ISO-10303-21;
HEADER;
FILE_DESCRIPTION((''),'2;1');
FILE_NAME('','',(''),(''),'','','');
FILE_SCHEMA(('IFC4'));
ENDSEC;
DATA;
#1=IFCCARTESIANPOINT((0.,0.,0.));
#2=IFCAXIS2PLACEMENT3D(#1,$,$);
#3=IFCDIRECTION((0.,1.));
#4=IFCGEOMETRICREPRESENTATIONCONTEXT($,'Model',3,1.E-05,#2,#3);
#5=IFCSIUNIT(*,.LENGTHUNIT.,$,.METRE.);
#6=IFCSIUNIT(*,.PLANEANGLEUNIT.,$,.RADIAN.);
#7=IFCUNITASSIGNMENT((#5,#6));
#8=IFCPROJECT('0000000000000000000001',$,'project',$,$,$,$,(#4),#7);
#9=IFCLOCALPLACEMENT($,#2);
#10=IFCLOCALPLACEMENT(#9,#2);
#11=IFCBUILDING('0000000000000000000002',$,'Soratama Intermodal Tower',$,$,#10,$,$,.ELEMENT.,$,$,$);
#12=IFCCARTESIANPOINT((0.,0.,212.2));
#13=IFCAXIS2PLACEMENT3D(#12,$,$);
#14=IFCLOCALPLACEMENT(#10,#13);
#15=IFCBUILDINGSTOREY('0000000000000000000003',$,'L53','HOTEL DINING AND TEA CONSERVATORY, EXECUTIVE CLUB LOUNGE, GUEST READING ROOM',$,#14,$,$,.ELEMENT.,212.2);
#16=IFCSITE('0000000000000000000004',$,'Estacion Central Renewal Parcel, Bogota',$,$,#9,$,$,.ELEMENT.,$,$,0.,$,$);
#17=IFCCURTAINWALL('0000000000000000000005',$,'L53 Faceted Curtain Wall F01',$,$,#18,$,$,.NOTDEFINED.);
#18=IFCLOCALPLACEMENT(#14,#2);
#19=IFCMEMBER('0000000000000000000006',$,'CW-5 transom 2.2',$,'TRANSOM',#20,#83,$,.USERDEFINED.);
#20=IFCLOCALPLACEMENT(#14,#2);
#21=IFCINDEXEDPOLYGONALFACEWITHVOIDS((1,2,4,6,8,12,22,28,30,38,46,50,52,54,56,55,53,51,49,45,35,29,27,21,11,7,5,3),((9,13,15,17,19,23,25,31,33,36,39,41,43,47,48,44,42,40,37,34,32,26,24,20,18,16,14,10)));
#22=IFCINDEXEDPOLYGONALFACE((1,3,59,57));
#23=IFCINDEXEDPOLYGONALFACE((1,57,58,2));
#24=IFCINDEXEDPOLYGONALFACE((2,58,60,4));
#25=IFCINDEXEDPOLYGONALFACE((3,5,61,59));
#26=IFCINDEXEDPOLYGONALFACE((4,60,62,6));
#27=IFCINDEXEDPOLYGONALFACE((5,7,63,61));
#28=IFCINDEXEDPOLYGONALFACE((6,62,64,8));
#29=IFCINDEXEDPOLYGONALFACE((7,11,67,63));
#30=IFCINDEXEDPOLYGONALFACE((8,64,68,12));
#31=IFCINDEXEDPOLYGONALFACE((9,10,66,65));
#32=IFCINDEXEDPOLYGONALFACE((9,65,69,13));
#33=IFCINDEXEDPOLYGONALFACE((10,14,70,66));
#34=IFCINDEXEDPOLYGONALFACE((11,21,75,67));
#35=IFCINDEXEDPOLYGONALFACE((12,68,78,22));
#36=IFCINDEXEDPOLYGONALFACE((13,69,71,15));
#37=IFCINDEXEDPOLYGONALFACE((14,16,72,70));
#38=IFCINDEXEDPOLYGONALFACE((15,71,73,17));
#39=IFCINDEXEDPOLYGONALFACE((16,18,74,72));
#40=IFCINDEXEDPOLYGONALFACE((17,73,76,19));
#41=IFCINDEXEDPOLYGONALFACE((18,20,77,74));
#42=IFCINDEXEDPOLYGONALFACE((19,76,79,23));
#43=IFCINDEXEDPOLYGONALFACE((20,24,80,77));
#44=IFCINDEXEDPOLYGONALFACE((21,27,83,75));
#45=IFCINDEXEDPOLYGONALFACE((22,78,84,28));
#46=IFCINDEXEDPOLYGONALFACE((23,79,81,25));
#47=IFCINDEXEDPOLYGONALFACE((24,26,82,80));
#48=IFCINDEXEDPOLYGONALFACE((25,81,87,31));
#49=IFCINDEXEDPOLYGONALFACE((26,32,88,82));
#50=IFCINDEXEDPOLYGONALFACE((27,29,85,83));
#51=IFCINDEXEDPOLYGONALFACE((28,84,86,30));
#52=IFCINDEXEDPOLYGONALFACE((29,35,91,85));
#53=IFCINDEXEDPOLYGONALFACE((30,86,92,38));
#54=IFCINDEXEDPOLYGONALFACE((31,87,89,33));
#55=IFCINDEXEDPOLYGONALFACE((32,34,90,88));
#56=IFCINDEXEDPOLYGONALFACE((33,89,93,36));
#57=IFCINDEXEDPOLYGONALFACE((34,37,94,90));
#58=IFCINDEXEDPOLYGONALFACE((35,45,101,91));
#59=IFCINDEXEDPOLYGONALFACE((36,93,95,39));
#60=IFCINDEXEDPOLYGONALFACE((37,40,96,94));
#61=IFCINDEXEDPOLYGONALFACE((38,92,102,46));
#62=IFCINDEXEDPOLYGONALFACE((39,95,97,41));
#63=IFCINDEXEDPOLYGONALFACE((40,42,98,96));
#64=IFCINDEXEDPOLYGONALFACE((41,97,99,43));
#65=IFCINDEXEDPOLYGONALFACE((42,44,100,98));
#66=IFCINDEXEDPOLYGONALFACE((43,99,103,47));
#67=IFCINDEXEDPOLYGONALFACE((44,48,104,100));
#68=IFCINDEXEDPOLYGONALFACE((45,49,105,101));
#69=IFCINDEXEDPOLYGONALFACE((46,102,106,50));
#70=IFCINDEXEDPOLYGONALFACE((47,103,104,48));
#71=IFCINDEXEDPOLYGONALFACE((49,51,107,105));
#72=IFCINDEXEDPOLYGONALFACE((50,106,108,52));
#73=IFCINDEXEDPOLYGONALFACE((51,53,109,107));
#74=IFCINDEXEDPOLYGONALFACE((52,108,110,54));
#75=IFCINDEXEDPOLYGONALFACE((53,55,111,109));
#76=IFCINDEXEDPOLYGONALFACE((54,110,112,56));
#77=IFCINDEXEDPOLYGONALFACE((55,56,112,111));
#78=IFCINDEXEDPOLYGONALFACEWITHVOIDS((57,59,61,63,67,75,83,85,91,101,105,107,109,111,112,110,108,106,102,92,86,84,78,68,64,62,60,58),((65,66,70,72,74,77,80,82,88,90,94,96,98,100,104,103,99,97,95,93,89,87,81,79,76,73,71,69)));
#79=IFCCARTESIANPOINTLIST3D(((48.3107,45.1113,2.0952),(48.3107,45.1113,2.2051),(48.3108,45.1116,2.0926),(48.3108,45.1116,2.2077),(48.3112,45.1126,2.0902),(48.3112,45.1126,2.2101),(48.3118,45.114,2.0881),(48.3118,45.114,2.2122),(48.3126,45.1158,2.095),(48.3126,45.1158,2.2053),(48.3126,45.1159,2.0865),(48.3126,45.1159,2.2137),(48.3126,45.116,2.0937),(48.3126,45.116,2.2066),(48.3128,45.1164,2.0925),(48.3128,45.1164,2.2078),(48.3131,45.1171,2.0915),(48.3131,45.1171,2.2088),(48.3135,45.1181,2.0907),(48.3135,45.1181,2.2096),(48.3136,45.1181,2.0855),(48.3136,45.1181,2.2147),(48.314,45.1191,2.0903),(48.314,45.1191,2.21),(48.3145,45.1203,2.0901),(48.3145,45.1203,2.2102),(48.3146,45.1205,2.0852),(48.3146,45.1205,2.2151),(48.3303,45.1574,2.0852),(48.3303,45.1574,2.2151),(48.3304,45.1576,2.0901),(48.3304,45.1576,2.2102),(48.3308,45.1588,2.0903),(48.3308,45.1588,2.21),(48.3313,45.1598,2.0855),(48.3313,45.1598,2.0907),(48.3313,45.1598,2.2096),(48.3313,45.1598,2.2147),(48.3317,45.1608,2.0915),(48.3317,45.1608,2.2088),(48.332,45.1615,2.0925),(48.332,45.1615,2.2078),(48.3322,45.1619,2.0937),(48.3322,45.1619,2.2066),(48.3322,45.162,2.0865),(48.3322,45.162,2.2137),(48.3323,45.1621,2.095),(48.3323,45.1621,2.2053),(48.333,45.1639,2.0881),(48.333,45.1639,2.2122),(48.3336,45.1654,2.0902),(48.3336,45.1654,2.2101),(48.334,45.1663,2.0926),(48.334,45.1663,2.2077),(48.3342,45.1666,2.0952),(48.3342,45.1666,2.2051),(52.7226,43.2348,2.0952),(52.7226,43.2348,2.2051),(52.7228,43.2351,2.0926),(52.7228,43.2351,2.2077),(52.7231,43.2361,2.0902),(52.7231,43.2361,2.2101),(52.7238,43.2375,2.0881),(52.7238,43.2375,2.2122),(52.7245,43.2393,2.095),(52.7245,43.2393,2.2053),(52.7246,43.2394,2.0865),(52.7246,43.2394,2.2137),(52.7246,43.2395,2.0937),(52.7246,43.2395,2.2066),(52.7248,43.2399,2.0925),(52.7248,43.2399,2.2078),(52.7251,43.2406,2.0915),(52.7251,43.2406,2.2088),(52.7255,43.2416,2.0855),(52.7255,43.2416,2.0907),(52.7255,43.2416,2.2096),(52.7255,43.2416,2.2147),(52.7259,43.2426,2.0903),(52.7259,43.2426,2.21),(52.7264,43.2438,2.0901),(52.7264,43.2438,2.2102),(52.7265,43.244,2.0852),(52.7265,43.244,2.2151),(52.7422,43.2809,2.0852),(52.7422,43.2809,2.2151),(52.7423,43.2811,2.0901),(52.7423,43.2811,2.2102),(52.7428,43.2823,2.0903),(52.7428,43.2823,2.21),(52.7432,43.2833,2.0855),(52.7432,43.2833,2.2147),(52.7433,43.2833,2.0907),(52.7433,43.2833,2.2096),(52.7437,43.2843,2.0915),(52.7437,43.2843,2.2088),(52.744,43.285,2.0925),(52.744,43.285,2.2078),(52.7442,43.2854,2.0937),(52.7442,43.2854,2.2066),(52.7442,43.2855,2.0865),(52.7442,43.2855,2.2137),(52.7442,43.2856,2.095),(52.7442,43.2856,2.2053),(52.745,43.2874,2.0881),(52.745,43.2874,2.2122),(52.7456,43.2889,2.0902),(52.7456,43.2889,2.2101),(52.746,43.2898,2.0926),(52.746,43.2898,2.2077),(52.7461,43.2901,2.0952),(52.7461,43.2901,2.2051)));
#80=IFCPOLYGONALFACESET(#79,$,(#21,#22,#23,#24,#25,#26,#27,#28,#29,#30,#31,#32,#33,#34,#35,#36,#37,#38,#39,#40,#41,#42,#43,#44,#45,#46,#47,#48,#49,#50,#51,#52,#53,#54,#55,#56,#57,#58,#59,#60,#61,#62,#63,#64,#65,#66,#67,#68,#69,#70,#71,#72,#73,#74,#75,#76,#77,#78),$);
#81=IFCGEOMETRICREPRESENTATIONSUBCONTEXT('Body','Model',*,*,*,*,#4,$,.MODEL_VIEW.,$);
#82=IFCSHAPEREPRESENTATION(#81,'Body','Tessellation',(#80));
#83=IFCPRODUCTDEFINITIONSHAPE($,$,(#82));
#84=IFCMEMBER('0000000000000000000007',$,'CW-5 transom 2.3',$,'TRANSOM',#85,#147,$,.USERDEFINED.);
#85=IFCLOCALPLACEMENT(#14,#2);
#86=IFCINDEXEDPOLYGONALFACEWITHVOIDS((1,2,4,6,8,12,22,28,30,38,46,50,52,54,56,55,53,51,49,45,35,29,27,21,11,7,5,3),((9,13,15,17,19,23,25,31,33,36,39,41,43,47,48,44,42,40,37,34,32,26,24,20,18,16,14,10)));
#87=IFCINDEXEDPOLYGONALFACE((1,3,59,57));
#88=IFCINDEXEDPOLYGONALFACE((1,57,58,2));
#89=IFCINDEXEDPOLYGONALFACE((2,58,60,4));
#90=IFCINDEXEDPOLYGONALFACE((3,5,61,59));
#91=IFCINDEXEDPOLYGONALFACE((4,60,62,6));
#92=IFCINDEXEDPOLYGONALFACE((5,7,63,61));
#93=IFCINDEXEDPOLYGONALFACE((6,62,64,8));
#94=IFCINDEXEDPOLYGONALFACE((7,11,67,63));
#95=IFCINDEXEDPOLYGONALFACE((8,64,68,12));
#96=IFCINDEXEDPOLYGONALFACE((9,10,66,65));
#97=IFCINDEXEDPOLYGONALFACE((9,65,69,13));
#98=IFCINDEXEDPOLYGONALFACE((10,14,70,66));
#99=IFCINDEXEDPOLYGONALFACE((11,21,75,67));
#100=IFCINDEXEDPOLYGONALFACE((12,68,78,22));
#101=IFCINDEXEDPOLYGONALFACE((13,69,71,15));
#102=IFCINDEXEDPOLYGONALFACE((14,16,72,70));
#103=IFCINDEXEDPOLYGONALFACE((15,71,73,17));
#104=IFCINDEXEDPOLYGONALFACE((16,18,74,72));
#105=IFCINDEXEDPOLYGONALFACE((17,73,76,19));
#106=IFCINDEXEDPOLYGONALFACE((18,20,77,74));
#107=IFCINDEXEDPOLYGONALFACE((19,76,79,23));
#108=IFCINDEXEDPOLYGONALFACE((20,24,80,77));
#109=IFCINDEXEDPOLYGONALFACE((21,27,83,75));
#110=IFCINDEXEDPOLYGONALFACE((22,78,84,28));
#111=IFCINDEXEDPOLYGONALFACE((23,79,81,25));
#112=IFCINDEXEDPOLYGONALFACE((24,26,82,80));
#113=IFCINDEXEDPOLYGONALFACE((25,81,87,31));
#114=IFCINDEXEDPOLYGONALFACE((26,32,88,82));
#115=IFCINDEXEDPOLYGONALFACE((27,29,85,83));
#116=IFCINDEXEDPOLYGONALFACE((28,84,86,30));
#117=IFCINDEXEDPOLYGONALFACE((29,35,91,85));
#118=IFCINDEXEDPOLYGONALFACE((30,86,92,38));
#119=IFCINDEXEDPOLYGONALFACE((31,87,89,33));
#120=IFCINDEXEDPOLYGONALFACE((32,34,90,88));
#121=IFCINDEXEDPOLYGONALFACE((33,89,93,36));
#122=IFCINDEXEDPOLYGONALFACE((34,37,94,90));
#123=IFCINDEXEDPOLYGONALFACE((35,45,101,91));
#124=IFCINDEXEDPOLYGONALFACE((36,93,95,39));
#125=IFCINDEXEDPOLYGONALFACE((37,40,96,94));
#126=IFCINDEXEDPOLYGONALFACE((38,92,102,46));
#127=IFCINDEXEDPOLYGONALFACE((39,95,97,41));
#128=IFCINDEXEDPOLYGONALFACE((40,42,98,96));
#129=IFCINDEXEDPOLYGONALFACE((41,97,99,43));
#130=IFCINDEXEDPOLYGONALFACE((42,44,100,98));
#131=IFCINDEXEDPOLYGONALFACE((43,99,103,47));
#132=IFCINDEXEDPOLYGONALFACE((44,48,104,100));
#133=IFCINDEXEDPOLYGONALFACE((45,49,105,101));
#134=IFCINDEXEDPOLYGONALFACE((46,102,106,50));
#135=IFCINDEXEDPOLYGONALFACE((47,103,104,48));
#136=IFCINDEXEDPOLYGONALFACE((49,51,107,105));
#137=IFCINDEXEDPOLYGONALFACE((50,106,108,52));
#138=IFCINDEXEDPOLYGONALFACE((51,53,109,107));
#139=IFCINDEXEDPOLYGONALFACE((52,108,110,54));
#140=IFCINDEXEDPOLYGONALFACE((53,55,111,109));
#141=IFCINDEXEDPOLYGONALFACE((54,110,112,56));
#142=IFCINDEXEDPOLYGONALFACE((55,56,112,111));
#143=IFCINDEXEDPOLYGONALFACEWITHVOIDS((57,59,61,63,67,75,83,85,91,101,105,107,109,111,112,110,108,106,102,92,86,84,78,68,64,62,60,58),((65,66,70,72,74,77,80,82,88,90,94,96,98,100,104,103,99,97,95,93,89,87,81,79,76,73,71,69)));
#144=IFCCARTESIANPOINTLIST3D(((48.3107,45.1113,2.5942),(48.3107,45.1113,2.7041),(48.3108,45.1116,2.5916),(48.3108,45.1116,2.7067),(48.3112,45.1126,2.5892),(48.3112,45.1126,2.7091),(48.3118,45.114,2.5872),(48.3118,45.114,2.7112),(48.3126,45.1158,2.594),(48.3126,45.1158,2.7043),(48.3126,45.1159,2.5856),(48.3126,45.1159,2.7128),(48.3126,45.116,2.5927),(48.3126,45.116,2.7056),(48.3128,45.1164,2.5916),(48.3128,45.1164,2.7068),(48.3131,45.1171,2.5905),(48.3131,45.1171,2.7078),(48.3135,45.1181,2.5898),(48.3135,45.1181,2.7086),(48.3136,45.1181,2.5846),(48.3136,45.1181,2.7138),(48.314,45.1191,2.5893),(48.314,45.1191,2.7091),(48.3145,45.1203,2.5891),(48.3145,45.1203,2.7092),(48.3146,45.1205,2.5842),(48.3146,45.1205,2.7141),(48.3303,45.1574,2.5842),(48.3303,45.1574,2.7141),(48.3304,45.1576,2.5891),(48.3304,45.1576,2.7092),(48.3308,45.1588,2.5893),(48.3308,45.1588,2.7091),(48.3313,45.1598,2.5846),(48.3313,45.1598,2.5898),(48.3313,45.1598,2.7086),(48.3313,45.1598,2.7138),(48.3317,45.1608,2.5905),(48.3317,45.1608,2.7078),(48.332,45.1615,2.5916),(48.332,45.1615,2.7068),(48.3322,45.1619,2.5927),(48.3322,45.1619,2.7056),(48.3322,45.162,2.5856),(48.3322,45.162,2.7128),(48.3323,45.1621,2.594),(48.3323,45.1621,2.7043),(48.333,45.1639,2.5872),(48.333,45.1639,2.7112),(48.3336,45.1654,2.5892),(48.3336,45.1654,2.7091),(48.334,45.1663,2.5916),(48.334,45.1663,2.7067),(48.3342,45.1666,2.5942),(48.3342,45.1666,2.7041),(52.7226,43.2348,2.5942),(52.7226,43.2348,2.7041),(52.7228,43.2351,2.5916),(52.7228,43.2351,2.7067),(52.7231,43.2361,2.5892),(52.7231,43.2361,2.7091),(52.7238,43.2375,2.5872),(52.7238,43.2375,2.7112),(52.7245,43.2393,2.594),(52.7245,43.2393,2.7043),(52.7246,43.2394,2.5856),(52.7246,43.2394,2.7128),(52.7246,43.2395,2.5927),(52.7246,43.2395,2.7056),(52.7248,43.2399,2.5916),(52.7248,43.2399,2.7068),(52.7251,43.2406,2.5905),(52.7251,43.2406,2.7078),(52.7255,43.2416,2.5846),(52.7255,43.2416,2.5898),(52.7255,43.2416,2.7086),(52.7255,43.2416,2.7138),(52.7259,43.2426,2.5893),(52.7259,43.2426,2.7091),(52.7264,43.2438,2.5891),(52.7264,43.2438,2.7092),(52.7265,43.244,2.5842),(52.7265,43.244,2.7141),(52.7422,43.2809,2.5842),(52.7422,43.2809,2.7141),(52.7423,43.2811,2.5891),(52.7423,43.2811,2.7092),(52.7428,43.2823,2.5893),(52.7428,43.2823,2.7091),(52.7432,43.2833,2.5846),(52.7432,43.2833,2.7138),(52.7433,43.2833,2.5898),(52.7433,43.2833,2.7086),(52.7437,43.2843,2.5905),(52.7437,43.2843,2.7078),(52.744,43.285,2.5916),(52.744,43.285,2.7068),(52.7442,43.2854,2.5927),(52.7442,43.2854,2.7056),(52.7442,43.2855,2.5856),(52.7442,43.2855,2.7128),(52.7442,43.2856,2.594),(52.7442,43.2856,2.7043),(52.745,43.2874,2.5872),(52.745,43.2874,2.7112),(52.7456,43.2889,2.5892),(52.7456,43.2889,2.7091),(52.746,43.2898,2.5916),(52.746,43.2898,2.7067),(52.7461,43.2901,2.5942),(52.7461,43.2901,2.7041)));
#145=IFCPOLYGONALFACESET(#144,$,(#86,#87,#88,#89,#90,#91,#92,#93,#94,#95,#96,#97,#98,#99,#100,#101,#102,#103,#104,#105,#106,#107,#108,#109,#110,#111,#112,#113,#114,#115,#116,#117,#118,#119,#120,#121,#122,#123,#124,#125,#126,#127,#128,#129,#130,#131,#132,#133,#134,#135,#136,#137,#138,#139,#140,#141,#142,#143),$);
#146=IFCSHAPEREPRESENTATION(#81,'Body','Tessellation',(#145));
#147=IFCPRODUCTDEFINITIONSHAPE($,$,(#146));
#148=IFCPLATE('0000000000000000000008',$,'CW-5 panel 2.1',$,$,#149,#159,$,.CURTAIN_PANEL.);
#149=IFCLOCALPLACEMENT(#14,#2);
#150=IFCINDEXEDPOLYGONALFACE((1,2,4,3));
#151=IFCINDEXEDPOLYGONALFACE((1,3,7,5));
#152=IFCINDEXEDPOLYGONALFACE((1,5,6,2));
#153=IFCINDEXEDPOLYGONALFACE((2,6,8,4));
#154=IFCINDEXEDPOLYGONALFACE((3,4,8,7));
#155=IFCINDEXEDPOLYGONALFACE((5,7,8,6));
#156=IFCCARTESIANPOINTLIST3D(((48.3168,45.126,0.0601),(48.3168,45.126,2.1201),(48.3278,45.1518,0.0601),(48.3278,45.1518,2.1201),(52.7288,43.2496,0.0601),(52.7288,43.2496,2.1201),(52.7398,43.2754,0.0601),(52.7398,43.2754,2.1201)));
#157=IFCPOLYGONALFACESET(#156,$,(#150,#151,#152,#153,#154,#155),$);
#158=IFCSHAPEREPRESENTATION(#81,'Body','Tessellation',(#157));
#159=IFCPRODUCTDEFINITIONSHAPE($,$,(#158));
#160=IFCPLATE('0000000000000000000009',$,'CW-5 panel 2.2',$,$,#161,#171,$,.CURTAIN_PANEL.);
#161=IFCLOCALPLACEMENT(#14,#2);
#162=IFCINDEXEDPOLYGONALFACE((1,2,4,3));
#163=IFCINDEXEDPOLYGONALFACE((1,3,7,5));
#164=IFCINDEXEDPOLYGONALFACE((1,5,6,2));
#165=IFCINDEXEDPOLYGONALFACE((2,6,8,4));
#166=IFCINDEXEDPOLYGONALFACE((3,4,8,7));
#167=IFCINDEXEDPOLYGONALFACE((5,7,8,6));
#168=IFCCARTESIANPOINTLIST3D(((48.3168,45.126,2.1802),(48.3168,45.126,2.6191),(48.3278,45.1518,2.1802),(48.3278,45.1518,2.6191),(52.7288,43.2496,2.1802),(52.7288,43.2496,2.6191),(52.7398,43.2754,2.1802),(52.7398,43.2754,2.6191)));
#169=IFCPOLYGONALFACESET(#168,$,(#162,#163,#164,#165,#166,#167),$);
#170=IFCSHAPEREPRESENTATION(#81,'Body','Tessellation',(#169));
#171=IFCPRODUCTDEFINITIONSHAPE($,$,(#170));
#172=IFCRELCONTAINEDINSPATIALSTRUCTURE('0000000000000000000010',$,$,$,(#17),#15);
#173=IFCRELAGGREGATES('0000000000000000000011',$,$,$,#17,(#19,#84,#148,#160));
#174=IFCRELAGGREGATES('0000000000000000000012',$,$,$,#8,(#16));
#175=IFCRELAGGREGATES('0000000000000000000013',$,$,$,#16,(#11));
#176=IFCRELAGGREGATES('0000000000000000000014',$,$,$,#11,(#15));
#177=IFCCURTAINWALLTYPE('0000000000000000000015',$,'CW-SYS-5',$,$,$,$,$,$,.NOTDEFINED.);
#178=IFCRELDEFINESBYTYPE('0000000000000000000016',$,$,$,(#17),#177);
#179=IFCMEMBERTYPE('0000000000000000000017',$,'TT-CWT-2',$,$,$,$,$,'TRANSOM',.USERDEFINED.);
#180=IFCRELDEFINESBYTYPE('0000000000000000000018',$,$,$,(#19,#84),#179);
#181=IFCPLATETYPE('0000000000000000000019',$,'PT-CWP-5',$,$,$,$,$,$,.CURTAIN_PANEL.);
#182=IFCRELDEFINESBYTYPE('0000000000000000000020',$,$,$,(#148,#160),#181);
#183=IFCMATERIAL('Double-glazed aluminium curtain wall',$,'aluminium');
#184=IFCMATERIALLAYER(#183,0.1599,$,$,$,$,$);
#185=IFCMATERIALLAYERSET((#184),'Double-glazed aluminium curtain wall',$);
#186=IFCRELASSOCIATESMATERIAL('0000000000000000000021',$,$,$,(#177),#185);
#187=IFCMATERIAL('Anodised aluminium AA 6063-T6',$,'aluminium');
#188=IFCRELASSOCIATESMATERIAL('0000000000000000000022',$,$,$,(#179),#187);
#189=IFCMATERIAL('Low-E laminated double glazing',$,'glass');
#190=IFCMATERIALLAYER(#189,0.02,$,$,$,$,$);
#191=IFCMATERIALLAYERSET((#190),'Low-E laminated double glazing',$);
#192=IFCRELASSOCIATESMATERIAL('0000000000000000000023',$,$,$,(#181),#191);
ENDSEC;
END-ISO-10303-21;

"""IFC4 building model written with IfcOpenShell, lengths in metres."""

from ifc_helpers import new_model, si_unit, direction, frame, origin, origin_2d, place, context, subcontext, project, spatial, rectangle, hollow_rectangle, extrude, material, layer, layer_set, material_profile, profile_set, type_object, element, aggregate, save


model = new_model("IFC4")

# Units and contexts
model_context = context("Model", 3, precision=1e-05, world=origin(), true_north=direction((0.0, 1.0)))
body_context = subcontext(model_context, "Body", "Model", "MODEL_VIEW")
ifc_project = project(units=[si_unit("LENGTHUNIT", "METRE"), si_unit("PLANEANGLEUNIT", "RADIAN")], contexts=[model_context])

# Site, building, storey
site_placement = place(None, origin())
site = spatial("IfcSite", under=ifc_project, at=site_placement, Name="Estacion Central Renewal Parcel, Bogota", CompositionType="ELEMENT", RefElevation=0.0)
building_placement = place(site_placement, origin())
building = spatial("IfcBuilding", under=site, at=building_placement, Name="Soratama Intermodal Tower", CompositionType="ELEMENT")
storey_placement = place(building_placement, frame((0.0, 0.0, 212.2)))
storey = spatial("IfcBuildingStorey", under=building, at=storey_placement, Name="L53", Description="HOTEL DINING AND TEA CONSERVATORY, EXECUTIVE CLUB LOUNGE, GUEST READING ROOM", CompositionType="ELEMENT", Elevation=212.2)

# Curtain wall, members, plates
ifc_material_1 = material(Name="Double-glazed aluminium curtain wall", Category="aluminium")
ifc_layer_1 = layer(ifc_material_1, 0.1599)
ifc_layer_set_1 = layer_set([ifc_layer_1], Name="Double-glazed aluminium curtain wall")
curtain_wall_type = type_object("IfcCurtainWallType", Name="CW-SYS-5", PredefinedType="NOTDEFINED", material=ifc_layer_set_1)
curtain_wall_placement = place(storey_placement, origin())
curtain_wall = element("IfcCurtainWall", 1, at=curtain_wall_placement, inside=storey, type_object=curtain_wall_type, Name="L53 Faceted Curtain Wall F01", PredefinedType="NOTDEFINED")
ifc_material_2 = material(Name="Anodised aluminium AA 6063-T6", Category="aluminium")
ifc_material_profile_1 = material_profile(ifc_material_2, hollow_rectangle(XDim=0.0601, YDim=0.1299, WallThickness=0.0049, InnerFilletRadius=0.0049, OuterFilletRadius=0.01, at=origin_2d()), Name="CWT130X60X5")
ifc_profile_set_1 = profile_set([ifc_material_profile_1], Name="Anodised aluminium AA 6063-T6")
member_type_1 = type_object("IfcMemberType", Name="TT-CWT-2", ElementType="TRANSOM", PredefinedType="USERDEFINED", material=ifc_profile_set_1)
member_1_placement = place(storey_placement, frame((52.7344, 43.2625, 2.1501), z_axis=(-0.920224, 0.391392, 0.0), x_axis=(-0.391392, -0.920224, 0.0)))
member_1 = element("IfcMember", 2, at=member_1_placement, type_object=member_type_1, Name="CW-5 transom 2.2", ObjectType="TRANSOM", PredefinedType="USERDEFINED", context=body_context, shape_type="SweptSolid", body=[
    extrude(hollow_rectangle(XDim=0.0601, YDim=0.1299, WallThickness=0.0049, InnerFilletRadius=0.0049, OuterFilletRadius=0.01, at=origin_2d()), origin(), (0.0, 0.0, 1.0), 4.7944),
])
member_2_placement = place(storey_placement, frame((52.7344, 43.2625, 2.6492), z_axis=(-0.920224, 0.391392, 0.0), x_axis=(-0.391392, -0.920224, 0.0)))
member_2 = element("IfcMember", 3, at=member_2_placement, type_object=member_type_1, Name="CW-5 transom 2.3", ObjectType="TRANSOM", PredefinedType="USERDEFINED", context=body_context, shape_type="SweptSolid", body=[
    extrude(hollow_rectangle(XDim=0.0601, YDim=0.1299, WallThickness=0.0049, InnerFilletRadius=0.0049, OuterFilletRadius=0.01, at=origin_2d()), origin(), (0.0, 0.0, 1.0), 4.7944),
])
ifc_material_3 = material(Name="Low-E laminated double glazing", Category="glass")
ifc_layer_2 = layer(ifc_material_3, 0.02)
ifc_layer_set_2 = layer_set([ifc_layer_2], Name="Low-E laminated double glazing")
plate_type = type_object("IfcPlateType", Name="PT-CWP-5", PredefinedType="CURTAIN_PANEL", material=ifc_layer_set_2)
plate_1_placement = place(storey_placement, frame((50.5283, 44.2007, 0.0601), z_axis=(0.0, 0.0, 1.0), x_axis=(-0.920231, 0.391376, 0.0)))
plate_1 = element("IfcPlate", 4, at=plate_1_placement, type_object=plate_type, Name="CW-5 panel 2.1", PredefinedType="CURTAIN_PANEL", context=body_context, shape_type="SweptSolid", body=[
    extrude(rectangle(XDim=4.7944, YDim=0.0281, at=origin_2d()), origin(), (0.0, 0.0, 1.0), 2.0601),
])
plate_2_placement = place(storey_placement, frame((50.5283, 44.2007, 2.1802), z_axis=(0.0, 0.0, 1.0), x_axis=(-0.920231, 0.391376, 0.0)))
plate_2 = element("IfcPlate", 5, at=plate_2_placement, type_object=plate_type, Name="CW-5 panel 2.2", PredefinedType="CURTAIN_PANEL", context=body_context, shape_type="SweptSolid", body=[
    extrude(rectangle(XDim=4.7944, YDim=0.0281, at=origin_2d()), origin(), (0.0, 0.0, 1.0), 0.439),
])
aggregate(curtain_wall, [member_1, member_2, plate_1, plate_2])

save(model, "model.ifc")
